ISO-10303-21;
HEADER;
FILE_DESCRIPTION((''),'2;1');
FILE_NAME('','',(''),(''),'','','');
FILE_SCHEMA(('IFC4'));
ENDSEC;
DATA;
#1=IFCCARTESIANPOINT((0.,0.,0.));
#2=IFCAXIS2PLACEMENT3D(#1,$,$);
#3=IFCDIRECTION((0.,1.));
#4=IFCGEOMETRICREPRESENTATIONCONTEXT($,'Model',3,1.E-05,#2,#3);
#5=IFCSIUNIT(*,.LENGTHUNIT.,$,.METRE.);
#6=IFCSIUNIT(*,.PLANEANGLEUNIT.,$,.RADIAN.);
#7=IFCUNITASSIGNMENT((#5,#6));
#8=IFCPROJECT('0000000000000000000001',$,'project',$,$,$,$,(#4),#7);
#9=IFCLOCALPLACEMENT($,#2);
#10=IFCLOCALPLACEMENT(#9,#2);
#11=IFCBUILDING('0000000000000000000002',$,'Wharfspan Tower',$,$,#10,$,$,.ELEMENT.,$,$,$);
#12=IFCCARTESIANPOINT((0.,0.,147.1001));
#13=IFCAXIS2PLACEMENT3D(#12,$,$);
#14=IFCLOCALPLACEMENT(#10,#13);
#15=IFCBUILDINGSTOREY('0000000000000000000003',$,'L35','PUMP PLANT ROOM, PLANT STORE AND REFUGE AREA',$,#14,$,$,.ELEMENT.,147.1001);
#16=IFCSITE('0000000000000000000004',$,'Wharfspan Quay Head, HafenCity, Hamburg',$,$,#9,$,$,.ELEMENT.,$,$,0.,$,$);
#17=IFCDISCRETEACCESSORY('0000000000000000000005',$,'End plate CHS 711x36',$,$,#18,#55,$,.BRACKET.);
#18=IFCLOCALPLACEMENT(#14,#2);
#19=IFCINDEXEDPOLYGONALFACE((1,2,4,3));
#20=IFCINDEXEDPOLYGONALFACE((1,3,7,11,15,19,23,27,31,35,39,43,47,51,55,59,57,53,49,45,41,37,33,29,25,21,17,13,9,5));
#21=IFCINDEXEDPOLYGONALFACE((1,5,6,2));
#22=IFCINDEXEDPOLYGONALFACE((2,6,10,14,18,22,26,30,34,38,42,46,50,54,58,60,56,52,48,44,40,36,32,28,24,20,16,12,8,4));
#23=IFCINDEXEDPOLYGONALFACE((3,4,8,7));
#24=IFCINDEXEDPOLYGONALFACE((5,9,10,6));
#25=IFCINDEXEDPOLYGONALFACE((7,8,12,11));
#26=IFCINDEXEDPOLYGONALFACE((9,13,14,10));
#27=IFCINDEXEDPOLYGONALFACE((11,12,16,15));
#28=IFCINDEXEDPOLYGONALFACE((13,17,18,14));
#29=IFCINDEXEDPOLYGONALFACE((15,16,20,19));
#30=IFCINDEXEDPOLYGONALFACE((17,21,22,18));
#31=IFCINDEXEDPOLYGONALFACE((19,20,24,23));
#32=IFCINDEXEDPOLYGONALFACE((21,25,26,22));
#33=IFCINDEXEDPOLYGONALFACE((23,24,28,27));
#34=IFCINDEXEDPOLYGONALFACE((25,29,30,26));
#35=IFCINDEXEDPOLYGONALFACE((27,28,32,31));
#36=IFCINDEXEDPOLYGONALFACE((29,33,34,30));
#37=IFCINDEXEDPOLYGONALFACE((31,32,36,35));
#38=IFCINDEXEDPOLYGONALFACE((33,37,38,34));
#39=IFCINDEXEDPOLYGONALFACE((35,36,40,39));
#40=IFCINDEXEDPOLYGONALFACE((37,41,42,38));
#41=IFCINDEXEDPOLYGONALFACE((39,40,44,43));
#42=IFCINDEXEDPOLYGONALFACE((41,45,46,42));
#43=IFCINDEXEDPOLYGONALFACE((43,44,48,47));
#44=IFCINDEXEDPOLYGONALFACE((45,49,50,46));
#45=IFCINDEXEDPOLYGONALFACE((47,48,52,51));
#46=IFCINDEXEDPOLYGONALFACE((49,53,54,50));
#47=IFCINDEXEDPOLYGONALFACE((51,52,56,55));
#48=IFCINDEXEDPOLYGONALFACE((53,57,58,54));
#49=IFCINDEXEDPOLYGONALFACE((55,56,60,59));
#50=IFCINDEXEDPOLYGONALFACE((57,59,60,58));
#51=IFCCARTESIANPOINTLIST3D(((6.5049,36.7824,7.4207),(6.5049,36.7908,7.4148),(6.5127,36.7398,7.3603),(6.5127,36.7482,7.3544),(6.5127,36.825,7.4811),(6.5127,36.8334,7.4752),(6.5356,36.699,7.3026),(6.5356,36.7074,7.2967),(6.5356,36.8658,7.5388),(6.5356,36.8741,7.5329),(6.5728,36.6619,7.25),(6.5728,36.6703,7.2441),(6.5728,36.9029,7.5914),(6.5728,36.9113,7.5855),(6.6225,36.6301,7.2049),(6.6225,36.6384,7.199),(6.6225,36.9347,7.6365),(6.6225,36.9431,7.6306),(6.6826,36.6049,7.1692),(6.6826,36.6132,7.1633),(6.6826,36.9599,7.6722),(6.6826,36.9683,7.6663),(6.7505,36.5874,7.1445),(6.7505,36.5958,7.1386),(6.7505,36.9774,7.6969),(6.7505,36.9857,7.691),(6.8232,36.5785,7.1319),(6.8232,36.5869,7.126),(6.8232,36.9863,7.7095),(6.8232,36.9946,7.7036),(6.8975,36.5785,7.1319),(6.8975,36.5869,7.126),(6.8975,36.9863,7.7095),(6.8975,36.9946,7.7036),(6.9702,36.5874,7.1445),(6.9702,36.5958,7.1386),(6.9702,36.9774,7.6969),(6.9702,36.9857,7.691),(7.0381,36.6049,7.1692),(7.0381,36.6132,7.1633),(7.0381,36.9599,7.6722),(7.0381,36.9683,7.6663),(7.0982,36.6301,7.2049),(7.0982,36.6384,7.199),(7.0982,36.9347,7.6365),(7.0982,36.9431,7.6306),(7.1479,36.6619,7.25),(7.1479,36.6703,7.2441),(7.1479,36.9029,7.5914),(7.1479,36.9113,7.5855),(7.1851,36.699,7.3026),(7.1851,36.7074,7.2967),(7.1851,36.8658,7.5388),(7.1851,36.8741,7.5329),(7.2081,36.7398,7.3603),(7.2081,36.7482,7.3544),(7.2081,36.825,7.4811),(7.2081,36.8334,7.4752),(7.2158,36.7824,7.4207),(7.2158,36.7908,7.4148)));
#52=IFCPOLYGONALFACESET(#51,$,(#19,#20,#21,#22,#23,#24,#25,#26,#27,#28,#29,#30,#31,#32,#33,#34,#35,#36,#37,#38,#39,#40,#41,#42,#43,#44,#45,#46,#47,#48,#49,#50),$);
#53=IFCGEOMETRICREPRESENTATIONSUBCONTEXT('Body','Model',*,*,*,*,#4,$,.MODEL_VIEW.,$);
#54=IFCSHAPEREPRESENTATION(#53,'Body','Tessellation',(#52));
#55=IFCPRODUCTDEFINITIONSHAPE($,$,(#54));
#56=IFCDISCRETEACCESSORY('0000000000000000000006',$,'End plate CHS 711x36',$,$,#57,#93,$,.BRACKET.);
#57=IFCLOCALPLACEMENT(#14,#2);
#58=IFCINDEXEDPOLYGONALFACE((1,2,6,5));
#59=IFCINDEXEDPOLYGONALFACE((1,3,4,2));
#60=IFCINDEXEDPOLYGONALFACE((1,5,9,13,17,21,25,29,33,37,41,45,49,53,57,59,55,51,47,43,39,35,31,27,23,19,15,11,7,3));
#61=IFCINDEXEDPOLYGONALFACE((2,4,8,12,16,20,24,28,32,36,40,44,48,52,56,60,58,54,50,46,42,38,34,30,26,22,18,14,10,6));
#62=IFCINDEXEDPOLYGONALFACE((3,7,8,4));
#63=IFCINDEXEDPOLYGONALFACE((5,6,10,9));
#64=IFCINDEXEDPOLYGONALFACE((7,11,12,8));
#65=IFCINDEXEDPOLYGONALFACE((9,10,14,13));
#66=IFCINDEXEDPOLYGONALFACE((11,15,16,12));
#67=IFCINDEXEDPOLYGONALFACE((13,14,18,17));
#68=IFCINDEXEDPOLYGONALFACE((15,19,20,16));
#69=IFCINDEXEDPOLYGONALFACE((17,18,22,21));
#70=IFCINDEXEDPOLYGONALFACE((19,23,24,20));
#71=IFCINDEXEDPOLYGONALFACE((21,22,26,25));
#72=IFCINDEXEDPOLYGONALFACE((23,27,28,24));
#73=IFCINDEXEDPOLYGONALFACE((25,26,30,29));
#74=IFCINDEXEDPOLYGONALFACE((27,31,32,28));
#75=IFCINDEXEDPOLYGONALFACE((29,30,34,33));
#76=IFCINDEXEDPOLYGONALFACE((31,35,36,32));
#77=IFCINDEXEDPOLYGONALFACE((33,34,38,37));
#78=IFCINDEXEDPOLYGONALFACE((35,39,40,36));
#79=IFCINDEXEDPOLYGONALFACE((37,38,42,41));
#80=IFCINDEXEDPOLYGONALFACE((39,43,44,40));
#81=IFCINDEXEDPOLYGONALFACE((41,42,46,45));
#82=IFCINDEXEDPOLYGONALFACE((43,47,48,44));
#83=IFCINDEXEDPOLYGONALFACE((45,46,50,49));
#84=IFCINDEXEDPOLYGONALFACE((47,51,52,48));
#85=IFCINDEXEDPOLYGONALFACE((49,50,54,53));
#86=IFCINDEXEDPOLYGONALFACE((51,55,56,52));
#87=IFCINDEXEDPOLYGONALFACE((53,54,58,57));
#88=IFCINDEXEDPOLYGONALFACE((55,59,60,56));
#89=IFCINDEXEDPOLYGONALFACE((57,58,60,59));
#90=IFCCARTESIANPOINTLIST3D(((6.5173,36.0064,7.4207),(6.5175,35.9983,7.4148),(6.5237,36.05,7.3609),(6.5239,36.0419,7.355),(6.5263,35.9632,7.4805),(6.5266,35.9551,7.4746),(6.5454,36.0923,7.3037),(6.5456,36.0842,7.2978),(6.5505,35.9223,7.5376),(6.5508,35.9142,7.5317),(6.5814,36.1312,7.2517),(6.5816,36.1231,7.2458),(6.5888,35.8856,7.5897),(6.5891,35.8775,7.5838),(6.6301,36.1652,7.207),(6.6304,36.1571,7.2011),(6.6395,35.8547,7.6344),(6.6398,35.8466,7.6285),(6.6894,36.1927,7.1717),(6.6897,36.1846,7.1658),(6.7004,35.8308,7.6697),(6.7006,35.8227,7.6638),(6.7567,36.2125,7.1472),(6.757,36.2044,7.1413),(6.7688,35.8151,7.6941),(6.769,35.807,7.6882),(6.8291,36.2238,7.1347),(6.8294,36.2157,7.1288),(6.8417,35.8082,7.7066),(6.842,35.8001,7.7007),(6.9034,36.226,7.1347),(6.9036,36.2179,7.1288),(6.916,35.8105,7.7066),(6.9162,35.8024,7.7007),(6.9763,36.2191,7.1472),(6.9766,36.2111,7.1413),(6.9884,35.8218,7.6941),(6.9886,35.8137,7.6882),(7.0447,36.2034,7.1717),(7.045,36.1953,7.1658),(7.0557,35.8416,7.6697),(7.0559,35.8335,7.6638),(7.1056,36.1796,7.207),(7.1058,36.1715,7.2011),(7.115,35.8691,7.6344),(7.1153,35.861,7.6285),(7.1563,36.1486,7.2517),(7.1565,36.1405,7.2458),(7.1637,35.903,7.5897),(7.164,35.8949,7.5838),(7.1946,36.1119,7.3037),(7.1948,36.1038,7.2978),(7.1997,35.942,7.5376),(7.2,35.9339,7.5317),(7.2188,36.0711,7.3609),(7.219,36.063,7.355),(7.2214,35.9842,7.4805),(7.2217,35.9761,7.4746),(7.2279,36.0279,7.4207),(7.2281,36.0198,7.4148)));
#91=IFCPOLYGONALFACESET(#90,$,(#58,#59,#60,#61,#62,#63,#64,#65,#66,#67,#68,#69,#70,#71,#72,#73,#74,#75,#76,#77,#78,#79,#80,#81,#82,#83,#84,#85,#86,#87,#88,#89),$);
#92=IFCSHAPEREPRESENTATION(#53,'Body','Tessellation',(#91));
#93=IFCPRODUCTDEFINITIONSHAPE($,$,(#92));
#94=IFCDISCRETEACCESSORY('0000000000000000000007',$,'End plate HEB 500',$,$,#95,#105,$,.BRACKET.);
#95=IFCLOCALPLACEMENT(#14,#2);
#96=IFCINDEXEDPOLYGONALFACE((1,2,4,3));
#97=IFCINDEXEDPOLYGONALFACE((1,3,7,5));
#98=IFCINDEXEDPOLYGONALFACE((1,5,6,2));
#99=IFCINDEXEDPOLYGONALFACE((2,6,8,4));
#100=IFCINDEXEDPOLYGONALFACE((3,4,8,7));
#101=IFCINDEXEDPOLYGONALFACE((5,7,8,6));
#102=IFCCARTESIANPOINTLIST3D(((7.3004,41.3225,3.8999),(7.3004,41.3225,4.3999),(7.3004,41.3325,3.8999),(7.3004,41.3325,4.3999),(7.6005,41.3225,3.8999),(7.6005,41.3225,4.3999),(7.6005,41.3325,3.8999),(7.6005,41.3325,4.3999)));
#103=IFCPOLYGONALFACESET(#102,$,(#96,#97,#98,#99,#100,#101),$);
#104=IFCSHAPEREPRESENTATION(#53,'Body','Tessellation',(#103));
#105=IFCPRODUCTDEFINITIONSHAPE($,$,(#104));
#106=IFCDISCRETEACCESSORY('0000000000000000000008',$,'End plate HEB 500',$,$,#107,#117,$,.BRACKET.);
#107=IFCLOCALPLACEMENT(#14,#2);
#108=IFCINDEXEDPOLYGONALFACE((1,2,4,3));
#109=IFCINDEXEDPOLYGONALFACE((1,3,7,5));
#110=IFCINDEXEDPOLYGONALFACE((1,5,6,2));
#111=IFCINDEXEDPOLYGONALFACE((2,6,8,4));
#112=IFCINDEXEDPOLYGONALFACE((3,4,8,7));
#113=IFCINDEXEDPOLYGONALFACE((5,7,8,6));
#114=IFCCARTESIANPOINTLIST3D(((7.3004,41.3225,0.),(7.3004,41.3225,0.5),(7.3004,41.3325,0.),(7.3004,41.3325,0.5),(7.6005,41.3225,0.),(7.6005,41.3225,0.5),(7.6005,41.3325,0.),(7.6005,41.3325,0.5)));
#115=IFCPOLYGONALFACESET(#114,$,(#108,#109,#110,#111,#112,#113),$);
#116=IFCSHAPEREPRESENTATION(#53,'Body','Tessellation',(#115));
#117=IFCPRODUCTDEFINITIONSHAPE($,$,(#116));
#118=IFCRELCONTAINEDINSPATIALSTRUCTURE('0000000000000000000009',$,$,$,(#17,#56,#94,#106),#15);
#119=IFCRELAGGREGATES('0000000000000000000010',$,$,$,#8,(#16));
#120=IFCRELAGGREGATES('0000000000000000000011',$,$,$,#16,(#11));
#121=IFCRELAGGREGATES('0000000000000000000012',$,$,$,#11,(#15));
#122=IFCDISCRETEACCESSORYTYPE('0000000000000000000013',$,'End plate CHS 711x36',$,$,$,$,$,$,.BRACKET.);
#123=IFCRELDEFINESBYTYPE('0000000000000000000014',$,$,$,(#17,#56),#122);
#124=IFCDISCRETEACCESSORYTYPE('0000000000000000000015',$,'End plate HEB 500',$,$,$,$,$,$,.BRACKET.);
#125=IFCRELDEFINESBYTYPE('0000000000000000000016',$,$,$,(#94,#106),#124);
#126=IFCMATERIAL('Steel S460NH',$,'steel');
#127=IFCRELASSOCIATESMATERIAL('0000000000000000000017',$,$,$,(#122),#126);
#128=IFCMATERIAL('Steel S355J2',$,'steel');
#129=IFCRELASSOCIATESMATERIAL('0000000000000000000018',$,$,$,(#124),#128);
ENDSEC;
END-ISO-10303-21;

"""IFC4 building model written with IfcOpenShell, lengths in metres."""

from ifc_helpers import new_model, si_unit, direction, frame, origin, origin_2d, place, context, subcontext, project, spatial, rectangle, circle, extrude, material, material_profile, profile_set, type_object, element, save


model = new_model("IFC4")

# Units and contexts
model_context = context("Model", 3, precision=1e-05, world=origin(), true_north=direction((0.0, 1.0)))
body_context = subcontext(model_context, "Body", "Model", "MODEL_VIEW")
ifc_project = project(units=[si_unit("LENGTHUNIT", "METRE"), si_unit("PLANEANGLEUNIT", "RADIAN")], contexts=[model_context])

# Site, building, storey
site_placement = place(None, origin())
site = spatial("IfcSite", under=ifc_project, at=site_placement, Name="Wharfspan Quay Head, HafenCity, Hamburg", CompositionType="ELEMENT", RefElevation=0.0)
building_placement = place(site_placement, origin())
building = spatial("IfcBuilding", under=site, at=building_placement, Name="Wharfspan Tower", CompositionType="ELEMENT")
storey_placement = place(building_placement, frame((0.0, 0.0, 147.1001)))
storey = spatial("IfcBuildingStorey", under=building, at=storey_placement, Name="L35", Description="PUMP PLANT ROOM, PLANT STORE AND REFUGE AREA", CompositionType="ELEMENT", Elevation=147.1001)

# Shared definitions
ifc_material_1 = material(Name="Steel S355J2", Category="steel")

# Shared definitions
ifc_material_2 = material(Name="Steel S460NH", Category="steel")

# Discrete accessories
ifc_material_profile_1 = material_profile(ifc_material_2, circle(Radius=0.3555, at=origin_2d()))
ifc_profile_set_1 = profile_set([ifc_material_profile_1], Name="Steel S460NH")
discrete_accessory_type_1 = type_object("IfcDiscreteAccessoryType", Name="End plate CHS 711x36", PredefinedType="BRACKET", material=ifc_profile_set_1)
discrete_accessory_1_placement = place(storey_placement, frame((6.8604, 36.7908, 7.4148), z_axis=(0.0, -0.816968, 0.576683), x_axis=(1.0, 0.0, 0.0)))
element("IfcDiscreteAccessory", 1, at=discrete_accessory_1_placement, inside=storey, type_object=discrete_accessory_type_1, Name="End plate CHS 711x36", PredefinedType="BRACKET", context=body_context, shape_type="SweptSolid", body=[
    extrude(circle(Radius=0.3555, at=origin_2d()), origin(), (0.0, 0.0, 1.0), 0.0103),
])
discrete_accessory_2_placement = place(storey_placement, frame((6.8728, 36.009, 7.4148), z_axis=(-0.0245, 0.808493, 0.587995), x_axis=(-0.999537, -0.03029, 0.000001)))
element("IfcDiscreteAccessory", 2, at=discrete_accessory_2_placement, inside=storey, type_object=discrete_accessory_type_1, Name="End plate CHS 711x36", PredefinedType="BRACKET", context=body_context, shape_type="SweptSolid", body=[
    extrude(circle(Radius=0.3555, at=origin_2d()), origin(), (0.0, 0.0, 1.0), 0.01),
])
ifc_material_profile_2 = material_profile(ifc_material_1, rectangle(XDim=0.3, YDim=0.5, at=origin_2d()))
ifc_profile_set_2 = profile_set([ifc_material_profile_2], Name="Steel S355J2")
discrete_accessory_type_2 = type_object("IfcDiscreteAccessoryType", Name="End plate HEB 500", PredefinedType="BRACKET", material=ifc_profile_set_2)
for number, where, z_axis, x_axis, name in (
    (3, (7.4504, 41.3325, 4.1499), (0.0, -1.0, 0.0), (1.0, 0.0, 0.0), "End plate HEB 500"),
    (4, (7.4504, 41.3325, 0.25), (0.0, -1.0, 0.0), (1.0, 0.0, 0.0), "End plate HEB 500"),
):
    element("IfcDiscreteAccessory", number, at=place(storey_placement, frame(where, z_axis=z_axis, x_axis=x_axis)), inside=storey, type_object=discrete_accessory_type_2, Name=name, PredefinedType="BRACKET", context=body_context, shape_type="SweptSolid", body=[
        extrude(rectangle(XDim=0.3, YDim=0.5, at=origin_2d()), origin(), (0.0, 0.0, 1.0), 0.01),
    ])

save(model, "model.ifc")
